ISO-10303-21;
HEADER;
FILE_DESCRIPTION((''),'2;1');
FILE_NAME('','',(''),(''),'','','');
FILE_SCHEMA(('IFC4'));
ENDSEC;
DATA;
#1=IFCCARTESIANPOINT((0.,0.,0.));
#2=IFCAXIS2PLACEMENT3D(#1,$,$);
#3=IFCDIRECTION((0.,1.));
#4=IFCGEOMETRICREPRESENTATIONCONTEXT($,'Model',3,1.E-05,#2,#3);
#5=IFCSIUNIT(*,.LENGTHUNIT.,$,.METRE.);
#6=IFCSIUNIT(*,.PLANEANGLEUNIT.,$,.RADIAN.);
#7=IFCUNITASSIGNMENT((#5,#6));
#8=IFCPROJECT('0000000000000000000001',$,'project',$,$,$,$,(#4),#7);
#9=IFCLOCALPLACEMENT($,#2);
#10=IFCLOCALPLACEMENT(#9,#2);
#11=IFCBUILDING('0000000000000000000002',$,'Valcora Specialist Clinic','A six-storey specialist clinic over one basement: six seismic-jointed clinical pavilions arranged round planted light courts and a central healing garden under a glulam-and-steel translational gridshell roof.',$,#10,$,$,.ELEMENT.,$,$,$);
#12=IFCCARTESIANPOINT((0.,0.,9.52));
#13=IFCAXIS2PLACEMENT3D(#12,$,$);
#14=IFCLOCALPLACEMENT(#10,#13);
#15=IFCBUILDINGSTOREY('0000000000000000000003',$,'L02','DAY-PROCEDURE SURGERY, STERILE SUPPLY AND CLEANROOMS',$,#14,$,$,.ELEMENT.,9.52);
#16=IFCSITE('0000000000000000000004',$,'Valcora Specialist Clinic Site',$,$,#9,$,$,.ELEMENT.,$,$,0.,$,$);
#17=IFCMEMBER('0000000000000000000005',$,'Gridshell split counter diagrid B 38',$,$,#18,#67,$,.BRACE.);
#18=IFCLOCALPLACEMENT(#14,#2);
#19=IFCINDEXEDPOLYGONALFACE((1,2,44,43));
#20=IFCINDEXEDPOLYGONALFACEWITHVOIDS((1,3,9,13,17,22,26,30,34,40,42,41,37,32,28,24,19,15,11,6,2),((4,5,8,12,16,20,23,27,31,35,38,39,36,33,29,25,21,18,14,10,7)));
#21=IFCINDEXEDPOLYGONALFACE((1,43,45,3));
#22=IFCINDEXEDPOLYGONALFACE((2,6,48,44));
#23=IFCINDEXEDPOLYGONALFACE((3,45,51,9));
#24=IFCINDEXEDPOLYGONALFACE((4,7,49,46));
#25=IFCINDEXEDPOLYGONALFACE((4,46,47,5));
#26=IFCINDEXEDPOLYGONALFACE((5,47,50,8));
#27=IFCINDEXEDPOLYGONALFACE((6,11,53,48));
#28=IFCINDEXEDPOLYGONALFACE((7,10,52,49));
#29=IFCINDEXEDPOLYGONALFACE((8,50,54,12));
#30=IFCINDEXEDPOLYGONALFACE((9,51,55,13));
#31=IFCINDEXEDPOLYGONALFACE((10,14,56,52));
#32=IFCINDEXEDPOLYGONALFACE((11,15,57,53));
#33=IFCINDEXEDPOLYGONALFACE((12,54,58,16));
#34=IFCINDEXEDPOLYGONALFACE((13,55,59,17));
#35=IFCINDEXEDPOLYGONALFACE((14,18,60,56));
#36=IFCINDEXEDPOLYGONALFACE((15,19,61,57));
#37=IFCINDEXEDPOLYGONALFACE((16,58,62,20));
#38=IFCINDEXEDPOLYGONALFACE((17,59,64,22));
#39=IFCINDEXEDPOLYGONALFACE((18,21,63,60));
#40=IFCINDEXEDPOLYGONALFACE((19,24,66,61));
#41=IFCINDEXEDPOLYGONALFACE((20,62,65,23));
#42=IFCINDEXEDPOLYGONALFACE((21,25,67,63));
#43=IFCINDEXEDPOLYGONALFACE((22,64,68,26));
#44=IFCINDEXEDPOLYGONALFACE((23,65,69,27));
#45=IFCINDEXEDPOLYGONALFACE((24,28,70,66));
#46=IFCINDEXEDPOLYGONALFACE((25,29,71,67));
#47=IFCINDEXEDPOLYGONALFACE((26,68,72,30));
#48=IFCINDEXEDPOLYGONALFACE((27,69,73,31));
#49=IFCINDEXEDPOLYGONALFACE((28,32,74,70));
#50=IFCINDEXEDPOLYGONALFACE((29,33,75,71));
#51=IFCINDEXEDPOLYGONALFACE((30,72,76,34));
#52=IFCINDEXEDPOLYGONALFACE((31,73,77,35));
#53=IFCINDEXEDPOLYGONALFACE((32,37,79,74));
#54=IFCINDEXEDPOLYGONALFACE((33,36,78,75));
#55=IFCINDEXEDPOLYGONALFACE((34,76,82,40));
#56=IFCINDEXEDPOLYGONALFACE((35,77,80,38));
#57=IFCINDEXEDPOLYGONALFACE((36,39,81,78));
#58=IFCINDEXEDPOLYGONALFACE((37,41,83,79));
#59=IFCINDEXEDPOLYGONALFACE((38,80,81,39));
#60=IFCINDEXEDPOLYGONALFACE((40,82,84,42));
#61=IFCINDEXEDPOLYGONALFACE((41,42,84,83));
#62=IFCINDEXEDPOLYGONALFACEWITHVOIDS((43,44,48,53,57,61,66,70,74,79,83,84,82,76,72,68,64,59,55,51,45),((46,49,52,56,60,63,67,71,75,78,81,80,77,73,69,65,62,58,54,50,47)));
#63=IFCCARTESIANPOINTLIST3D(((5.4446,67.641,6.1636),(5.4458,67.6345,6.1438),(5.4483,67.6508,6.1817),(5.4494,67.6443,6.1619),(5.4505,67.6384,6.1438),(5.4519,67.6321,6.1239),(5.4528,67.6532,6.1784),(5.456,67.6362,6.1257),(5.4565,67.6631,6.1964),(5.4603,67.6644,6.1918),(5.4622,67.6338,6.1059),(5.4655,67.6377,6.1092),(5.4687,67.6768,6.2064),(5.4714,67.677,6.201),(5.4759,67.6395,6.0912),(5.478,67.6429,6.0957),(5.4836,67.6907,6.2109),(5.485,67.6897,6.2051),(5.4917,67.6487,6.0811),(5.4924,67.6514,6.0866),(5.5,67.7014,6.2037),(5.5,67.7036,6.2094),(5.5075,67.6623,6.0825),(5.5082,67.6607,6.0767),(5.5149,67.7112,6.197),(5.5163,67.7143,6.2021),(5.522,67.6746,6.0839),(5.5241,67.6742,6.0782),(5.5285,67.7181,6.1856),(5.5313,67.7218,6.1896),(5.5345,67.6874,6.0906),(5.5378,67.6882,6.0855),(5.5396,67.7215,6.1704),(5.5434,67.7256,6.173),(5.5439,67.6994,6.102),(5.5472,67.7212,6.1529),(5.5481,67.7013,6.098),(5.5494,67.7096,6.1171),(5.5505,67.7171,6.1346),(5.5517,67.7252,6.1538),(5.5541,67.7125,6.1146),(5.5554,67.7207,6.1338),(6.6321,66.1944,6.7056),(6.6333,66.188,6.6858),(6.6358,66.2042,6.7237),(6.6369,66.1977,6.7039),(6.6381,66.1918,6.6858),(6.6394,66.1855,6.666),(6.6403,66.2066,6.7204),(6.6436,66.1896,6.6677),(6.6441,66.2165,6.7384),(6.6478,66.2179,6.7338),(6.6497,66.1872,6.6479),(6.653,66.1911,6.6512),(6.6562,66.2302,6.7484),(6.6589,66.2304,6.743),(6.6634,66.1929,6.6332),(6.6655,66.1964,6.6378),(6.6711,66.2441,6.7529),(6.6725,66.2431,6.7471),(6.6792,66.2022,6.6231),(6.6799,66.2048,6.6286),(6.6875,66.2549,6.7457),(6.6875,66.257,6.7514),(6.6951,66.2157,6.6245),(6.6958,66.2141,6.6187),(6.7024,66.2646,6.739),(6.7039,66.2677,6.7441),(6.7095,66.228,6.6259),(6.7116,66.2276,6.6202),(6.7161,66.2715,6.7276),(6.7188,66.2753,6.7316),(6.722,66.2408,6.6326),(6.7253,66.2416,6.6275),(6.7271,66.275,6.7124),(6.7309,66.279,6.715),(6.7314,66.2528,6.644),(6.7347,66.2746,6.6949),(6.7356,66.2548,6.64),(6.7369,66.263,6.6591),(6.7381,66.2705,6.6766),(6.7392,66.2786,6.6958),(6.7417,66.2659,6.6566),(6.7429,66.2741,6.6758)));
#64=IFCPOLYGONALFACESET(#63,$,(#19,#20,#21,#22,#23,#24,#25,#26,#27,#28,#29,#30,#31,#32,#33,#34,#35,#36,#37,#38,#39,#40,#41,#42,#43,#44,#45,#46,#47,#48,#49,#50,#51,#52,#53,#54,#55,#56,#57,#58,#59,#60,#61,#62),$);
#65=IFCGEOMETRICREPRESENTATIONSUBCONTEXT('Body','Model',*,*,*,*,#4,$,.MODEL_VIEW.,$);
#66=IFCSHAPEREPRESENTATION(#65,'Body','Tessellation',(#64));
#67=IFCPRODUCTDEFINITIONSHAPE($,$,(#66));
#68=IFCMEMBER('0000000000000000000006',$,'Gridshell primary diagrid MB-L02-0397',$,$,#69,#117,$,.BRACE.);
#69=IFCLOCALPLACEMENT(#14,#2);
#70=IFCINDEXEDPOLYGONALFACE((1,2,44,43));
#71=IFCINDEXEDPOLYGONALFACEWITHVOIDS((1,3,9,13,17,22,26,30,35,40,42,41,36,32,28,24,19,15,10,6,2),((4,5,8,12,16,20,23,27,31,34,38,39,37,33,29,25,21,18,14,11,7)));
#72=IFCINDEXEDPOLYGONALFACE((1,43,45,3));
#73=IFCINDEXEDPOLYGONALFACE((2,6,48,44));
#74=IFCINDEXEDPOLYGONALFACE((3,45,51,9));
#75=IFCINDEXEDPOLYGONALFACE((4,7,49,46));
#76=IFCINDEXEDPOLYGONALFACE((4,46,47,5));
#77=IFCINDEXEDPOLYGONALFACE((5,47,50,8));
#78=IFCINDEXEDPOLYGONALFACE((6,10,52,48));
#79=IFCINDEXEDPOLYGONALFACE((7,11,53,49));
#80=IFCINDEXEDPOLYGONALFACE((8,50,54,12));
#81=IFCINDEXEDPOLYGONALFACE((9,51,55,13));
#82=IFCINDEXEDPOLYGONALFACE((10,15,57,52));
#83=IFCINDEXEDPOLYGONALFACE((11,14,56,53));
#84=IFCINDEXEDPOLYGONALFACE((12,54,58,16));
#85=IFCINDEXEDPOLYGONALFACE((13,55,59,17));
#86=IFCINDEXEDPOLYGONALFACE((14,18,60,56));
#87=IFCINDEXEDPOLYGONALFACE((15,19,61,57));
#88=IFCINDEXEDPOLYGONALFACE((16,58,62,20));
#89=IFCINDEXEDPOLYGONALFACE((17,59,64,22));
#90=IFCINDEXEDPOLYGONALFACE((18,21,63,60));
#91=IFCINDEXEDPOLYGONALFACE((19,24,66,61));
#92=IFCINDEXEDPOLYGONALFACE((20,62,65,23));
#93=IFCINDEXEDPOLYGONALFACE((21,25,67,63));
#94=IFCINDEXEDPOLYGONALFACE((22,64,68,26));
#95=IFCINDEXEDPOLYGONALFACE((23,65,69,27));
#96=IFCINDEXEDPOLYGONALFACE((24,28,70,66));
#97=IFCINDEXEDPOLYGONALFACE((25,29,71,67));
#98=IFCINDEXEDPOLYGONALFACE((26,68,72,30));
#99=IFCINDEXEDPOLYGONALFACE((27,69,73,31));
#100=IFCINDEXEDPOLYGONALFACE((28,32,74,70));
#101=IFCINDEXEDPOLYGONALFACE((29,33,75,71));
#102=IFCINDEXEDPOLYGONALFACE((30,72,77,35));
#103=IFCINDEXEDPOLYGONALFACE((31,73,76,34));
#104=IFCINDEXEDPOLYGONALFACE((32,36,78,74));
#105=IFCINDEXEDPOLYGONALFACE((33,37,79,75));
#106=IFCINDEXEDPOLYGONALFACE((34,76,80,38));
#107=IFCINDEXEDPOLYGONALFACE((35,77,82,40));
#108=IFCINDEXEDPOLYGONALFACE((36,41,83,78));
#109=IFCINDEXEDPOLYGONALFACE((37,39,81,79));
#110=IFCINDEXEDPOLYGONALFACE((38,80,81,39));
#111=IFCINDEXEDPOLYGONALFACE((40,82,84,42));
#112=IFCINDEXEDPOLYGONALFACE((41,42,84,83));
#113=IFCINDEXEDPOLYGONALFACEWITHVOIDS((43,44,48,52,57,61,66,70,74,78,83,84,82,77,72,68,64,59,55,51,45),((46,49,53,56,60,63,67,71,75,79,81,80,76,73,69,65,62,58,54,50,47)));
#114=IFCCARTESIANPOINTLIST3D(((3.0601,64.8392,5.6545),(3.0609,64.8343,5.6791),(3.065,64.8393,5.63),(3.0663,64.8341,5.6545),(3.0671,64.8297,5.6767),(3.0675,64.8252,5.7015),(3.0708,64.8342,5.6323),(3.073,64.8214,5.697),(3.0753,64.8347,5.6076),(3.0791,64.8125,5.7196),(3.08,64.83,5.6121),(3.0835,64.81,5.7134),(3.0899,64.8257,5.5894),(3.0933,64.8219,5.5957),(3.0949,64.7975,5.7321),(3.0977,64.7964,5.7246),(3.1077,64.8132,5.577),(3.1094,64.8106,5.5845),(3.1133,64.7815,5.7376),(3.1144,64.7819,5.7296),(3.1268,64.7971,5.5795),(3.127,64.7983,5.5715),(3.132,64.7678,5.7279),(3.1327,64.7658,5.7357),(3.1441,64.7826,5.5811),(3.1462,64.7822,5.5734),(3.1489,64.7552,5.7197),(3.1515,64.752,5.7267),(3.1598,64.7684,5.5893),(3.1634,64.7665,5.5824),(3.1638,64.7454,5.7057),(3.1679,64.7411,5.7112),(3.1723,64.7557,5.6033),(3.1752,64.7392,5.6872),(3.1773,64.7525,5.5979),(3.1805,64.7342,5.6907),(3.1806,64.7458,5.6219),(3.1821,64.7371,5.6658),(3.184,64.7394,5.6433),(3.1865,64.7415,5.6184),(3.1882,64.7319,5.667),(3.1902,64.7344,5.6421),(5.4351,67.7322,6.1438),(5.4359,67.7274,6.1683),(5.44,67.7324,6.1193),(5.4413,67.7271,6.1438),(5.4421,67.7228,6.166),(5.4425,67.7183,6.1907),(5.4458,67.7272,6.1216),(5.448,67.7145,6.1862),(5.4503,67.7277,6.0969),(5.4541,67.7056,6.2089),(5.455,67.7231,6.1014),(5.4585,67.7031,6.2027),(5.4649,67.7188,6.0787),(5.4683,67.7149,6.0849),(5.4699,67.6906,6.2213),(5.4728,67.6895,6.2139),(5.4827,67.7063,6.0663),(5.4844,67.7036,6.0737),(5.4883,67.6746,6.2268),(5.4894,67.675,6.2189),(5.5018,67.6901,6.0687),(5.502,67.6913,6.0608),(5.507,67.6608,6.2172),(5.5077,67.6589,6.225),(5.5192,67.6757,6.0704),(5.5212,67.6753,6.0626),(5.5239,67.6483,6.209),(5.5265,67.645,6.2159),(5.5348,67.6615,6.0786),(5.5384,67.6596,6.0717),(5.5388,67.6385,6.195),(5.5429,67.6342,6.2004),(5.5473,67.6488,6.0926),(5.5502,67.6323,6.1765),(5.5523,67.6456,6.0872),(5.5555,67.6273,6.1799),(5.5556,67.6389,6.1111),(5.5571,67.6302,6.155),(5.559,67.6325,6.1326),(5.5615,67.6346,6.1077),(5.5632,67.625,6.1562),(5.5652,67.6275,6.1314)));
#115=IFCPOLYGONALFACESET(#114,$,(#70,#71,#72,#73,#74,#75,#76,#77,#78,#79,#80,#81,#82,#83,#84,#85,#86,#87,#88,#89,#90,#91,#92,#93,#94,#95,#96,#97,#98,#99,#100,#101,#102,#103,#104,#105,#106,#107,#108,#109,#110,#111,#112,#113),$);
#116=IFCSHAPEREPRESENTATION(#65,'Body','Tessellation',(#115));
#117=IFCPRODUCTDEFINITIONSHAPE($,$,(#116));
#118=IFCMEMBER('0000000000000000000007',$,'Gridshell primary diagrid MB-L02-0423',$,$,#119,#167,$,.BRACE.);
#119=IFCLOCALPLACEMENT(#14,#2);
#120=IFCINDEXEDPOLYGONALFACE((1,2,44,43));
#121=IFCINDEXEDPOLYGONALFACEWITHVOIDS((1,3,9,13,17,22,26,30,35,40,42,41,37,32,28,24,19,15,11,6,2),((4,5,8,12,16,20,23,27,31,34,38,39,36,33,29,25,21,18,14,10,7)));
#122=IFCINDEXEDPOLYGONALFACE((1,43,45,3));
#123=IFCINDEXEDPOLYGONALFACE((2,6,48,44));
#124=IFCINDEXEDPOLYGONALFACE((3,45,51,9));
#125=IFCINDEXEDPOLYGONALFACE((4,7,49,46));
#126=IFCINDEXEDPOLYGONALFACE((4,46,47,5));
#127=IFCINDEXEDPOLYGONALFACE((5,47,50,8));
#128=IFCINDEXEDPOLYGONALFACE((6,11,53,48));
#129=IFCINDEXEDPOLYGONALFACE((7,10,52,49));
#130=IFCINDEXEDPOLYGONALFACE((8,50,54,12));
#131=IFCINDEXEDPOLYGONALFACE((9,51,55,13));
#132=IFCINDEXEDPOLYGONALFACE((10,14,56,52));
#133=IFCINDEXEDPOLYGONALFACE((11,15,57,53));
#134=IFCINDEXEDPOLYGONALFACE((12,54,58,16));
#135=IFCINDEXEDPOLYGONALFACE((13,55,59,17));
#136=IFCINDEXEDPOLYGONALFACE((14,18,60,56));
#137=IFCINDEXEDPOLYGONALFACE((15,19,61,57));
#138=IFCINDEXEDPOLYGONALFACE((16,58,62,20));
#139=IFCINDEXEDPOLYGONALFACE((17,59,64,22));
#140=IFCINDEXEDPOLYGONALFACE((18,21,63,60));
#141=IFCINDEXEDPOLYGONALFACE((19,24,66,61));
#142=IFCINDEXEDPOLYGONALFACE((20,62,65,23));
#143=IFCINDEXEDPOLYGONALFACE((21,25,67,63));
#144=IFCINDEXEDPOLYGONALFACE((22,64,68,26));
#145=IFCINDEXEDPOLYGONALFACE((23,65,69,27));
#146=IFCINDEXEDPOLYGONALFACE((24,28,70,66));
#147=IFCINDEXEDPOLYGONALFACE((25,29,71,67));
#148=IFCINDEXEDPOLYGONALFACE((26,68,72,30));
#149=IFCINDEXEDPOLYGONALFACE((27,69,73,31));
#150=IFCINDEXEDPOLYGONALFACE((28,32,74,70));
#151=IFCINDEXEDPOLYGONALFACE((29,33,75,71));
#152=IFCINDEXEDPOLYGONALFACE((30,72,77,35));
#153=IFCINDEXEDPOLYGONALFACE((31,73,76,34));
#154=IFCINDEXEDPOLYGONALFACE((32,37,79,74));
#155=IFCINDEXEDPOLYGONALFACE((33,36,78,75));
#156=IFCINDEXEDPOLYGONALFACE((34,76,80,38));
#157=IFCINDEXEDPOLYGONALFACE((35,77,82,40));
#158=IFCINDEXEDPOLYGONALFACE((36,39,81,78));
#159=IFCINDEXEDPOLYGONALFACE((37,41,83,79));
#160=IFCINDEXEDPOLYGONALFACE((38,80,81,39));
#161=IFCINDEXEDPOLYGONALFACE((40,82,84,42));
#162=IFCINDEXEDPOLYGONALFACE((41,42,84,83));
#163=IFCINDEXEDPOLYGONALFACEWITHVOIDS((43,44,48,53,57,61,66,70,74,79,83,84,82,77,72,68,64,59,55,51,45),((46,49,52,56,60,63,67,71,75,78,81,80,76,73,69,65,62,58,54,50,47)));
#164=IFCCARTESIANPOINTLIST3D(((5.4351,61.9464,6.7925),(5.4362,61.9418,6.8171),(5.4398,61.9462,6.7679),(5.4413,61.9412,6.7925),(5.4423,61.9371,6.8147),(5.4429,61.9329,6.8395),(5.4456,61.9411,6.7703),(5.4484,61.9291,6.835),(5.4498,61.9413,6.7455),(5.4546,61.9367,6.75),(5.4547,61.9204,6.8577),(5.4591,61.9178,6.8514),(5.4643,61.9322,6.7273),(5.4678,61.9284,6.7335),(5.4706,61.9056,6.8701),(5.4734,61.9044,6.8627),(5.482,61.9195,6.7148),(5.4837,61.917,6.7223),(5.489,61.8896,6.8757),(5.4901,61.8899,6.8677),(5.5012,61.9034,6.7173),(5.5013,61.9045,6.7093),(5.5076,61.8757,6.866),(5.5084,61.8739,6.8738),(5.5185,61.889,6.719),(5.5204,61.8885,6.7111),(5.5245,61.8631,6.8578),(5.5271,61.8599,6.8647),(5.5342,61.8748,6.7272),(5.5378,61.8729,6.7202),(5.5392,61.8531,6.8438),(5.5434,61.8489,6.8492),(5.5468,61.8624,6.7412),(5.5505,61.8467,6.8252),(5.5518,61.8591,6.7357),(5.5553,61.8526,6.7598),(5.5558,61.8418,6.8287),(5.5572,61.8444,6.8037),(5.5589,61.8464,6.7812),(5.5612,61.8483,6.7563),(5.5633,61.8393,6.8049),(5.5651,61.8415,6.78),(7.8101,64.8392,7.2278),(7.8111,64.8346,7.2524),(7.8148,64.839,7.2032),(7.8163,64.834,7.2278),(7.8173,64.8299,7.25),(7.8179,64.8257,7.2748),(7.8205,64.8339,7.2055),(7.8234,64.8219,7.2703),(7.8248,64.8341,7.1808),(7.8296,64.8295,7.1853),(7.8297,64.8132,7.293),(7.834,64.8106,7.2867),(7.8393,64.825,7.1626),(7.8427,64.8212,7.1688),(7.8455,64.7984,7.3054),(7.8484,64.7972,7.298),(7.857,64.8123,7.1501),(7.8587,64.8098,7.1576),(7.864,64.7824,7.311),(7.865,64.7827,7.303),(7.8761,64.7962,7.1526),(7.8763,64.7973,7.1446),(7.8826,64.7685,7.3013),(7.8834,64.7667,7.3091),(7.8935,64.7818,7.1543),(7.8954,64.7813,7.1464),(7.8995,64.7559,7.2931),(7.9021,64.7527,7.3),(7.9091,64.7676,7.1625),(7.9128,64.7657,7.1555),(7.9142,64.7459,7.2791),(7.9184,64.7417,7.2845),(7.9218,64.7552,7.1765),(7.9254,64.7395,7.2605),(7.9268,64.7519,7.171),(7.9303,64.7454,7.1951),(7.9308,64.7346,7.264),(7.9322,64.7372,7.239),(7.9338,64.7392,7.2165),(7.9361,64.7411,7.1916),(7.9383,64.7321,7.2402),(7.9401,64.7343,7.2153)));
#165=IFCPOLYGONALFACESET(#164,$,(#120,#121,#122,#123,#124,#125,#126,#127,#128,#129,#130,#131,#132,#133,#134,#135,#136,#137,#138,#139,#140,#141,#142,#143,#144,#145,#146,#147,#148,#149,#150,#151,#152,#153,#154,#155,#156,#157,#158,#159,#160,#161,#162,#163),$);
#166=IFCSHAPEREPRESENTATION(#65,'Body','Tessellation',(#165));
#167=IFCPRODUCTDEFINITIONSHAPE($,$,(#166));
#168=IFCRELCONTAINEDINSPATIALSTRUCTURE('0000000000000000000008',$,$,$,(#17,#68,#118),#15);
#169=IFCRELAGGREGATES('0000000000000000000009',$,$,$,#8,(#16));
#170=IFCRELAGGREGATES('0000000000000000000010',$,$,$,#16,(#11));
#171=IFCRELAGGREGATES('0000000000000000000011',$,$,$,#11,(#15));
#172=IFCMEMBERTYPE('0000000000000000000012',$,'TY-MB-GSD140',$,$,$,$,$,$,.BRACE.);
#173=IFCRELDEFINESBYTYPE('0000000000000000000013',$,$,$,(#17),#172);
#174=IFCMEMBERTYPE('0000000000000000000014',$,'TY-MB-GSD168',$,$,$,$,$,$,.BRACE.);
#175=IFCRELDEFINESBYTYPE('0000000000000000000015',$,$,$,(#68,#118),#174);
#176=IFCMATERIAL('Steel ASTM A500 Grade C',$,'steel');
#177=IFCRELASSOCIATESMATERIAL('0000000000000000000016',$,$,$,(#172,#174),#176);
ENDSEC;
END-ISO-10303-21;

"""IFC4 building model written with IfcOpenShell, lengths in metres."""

from ifc_helpers import new_model, si_unit, direction, frame, origin, origin_2d, place, context, subcontext, project, spatial, hollow_circle, extrude, material, material_profile, profile_set, type_object, element, save


model = new_model("IFC4")

# Units and contexts
model_context = context("Model", 3, precision=1e-05, world=origin(), true_north=direction((0.0, 1.0)))
body_context = subcontext(model_context, "Body", "Model", "MODEL_VIEW")
ifc_project = project(units=[si_unit("LENGTHUNIT", "METRE"), si_unit("PLANEANGLEUNIT", "RADIAN")], contexts=[model_context])

# Site, building, storey
site_placement = place(None, origin())
site = spatial("IfcSite", under=ifc_project, at=site_placement, Name="Valcora Specialist Clinic Site", CompositionType="ELEMENT", RefElevation=0.0)
building_placement = place(site_placement, origin())
building = spatial("IfcBuilding", under=site, at=building_placement, Name="Valcora Specialist Clinic", Description="A six-storey specialist clinic over one basement: six seismic-jointed clinical pavilions arranged round planted light courts and a central healing garden under a glulam-and-steel translational gridshell roof.", CompositionType="ELEMENT")
storey_placement = place(building_placement, frame((0.0, 0.0, 9.52)))
storey = spatial("IfcBuildingStorey", under=building, at=storey_placement, Name="L02", Description="DAY-PROCEDURE SURGERY, STERILE SUPPLY AND CLEANROOMS", CompositionType="ELEMENT", Elevation=9.52)

# Members
ifc_material_1 = material(Name="Steel ASTM A500 Grade C", Category="steel")
ifc_material_profile_1 = material_profile(ifc_material_1, hollow_circle(Radius=0.0701, WallThickness=0.0061, at=origin_2d()), Name="ST-CHS-140X6")
ifc_profile_set_1 = profile_set([ifc_material_profile_1], Name="Steel ASTM A500 Grade C")
member_type_1 = type_object("IfcMemberType", Name="TY-MB-GSD140", PredefinedType="BRACE", material=ifc_profile_set_1)
member_1_placement = place(storey_placement, frame((6.6875, 66.2324, 6.6858), z_axis=(-0.609466, 0.742411, -0.278169), x_axis=(-0.772916, -0.634508, 0.0)))
element("IfcMember", 1, at=member_1_placement, inside=storey, type_object=member_type_1, Name="Gridshell split counter diagrid B 38", PredefinedType="BRACE", context=body_context, shape_type="SweptSolid", body=[
    extrude(hollow_circle(Radius=0.0701, WallThickness=0.0061, at=origin_2d()), origin(), (0.0, 0.0, 1.0), 1.9485),
])
ifc_material_profile_2 = material_profile(ifc_material_1, hollow_circle(Radius=0.084, WallThickness=0.0081, at=origin_2d()), Name="ST-CHS-168X8")
ifc_profile_set_2 = profile_set([ifc_material_profile_2], Name="Steel ASTM A500 Grade C")
member_type_2 = type_object("IfcMemberType", Name="TY-MB-GSD168", PredefinedType="BRACE", material=ifc_profile_set_2)
member_2_placement = place(storey_placement, frame((3.125, 64.7859, 5.6545), z_axis=(0.629157, 0.766397, 0.129608), x_axis=(-0.772916, 0.634508, 0.0)))
element("IfcMember", 2, at=member_2_placement, inside=storey, type_object=member_type_2, Name="Gridshell primary diagrid MB-L02-0397", PredefinedType="BRACE", context=body_context, shape_type="SweptSolid", body=[
    extrude(hollow_circle(Radius=0.084, WallThickness=0.0081, at=origin_2d()), origin(), (0.0, 0.0, 1.0), 3.7749),
])
member_3_placement = place(storey_placement, frame((5.5, 61.8931, 6.7925), z_axis=(0.630292, 0.767715, 0.115523), x_axis=(-0.77289, 0.63454, 0.0)))
element("IfcMember", 3, at=member_3_placement, inside=storey, type_object=member_type_2, Name="Gridshell primary diagrid MB-L02-0423", PredefinedType="BRACE", context=body_context, shape_type="SweptSolid", body=[
    extrude(hollow_circle(Radius=0.084, WallThickness=0.0081, at=origin_2d()), origin(), (0.0, 0.0, 1.0), 3.7681),
])

save(model, "model.ifc")
